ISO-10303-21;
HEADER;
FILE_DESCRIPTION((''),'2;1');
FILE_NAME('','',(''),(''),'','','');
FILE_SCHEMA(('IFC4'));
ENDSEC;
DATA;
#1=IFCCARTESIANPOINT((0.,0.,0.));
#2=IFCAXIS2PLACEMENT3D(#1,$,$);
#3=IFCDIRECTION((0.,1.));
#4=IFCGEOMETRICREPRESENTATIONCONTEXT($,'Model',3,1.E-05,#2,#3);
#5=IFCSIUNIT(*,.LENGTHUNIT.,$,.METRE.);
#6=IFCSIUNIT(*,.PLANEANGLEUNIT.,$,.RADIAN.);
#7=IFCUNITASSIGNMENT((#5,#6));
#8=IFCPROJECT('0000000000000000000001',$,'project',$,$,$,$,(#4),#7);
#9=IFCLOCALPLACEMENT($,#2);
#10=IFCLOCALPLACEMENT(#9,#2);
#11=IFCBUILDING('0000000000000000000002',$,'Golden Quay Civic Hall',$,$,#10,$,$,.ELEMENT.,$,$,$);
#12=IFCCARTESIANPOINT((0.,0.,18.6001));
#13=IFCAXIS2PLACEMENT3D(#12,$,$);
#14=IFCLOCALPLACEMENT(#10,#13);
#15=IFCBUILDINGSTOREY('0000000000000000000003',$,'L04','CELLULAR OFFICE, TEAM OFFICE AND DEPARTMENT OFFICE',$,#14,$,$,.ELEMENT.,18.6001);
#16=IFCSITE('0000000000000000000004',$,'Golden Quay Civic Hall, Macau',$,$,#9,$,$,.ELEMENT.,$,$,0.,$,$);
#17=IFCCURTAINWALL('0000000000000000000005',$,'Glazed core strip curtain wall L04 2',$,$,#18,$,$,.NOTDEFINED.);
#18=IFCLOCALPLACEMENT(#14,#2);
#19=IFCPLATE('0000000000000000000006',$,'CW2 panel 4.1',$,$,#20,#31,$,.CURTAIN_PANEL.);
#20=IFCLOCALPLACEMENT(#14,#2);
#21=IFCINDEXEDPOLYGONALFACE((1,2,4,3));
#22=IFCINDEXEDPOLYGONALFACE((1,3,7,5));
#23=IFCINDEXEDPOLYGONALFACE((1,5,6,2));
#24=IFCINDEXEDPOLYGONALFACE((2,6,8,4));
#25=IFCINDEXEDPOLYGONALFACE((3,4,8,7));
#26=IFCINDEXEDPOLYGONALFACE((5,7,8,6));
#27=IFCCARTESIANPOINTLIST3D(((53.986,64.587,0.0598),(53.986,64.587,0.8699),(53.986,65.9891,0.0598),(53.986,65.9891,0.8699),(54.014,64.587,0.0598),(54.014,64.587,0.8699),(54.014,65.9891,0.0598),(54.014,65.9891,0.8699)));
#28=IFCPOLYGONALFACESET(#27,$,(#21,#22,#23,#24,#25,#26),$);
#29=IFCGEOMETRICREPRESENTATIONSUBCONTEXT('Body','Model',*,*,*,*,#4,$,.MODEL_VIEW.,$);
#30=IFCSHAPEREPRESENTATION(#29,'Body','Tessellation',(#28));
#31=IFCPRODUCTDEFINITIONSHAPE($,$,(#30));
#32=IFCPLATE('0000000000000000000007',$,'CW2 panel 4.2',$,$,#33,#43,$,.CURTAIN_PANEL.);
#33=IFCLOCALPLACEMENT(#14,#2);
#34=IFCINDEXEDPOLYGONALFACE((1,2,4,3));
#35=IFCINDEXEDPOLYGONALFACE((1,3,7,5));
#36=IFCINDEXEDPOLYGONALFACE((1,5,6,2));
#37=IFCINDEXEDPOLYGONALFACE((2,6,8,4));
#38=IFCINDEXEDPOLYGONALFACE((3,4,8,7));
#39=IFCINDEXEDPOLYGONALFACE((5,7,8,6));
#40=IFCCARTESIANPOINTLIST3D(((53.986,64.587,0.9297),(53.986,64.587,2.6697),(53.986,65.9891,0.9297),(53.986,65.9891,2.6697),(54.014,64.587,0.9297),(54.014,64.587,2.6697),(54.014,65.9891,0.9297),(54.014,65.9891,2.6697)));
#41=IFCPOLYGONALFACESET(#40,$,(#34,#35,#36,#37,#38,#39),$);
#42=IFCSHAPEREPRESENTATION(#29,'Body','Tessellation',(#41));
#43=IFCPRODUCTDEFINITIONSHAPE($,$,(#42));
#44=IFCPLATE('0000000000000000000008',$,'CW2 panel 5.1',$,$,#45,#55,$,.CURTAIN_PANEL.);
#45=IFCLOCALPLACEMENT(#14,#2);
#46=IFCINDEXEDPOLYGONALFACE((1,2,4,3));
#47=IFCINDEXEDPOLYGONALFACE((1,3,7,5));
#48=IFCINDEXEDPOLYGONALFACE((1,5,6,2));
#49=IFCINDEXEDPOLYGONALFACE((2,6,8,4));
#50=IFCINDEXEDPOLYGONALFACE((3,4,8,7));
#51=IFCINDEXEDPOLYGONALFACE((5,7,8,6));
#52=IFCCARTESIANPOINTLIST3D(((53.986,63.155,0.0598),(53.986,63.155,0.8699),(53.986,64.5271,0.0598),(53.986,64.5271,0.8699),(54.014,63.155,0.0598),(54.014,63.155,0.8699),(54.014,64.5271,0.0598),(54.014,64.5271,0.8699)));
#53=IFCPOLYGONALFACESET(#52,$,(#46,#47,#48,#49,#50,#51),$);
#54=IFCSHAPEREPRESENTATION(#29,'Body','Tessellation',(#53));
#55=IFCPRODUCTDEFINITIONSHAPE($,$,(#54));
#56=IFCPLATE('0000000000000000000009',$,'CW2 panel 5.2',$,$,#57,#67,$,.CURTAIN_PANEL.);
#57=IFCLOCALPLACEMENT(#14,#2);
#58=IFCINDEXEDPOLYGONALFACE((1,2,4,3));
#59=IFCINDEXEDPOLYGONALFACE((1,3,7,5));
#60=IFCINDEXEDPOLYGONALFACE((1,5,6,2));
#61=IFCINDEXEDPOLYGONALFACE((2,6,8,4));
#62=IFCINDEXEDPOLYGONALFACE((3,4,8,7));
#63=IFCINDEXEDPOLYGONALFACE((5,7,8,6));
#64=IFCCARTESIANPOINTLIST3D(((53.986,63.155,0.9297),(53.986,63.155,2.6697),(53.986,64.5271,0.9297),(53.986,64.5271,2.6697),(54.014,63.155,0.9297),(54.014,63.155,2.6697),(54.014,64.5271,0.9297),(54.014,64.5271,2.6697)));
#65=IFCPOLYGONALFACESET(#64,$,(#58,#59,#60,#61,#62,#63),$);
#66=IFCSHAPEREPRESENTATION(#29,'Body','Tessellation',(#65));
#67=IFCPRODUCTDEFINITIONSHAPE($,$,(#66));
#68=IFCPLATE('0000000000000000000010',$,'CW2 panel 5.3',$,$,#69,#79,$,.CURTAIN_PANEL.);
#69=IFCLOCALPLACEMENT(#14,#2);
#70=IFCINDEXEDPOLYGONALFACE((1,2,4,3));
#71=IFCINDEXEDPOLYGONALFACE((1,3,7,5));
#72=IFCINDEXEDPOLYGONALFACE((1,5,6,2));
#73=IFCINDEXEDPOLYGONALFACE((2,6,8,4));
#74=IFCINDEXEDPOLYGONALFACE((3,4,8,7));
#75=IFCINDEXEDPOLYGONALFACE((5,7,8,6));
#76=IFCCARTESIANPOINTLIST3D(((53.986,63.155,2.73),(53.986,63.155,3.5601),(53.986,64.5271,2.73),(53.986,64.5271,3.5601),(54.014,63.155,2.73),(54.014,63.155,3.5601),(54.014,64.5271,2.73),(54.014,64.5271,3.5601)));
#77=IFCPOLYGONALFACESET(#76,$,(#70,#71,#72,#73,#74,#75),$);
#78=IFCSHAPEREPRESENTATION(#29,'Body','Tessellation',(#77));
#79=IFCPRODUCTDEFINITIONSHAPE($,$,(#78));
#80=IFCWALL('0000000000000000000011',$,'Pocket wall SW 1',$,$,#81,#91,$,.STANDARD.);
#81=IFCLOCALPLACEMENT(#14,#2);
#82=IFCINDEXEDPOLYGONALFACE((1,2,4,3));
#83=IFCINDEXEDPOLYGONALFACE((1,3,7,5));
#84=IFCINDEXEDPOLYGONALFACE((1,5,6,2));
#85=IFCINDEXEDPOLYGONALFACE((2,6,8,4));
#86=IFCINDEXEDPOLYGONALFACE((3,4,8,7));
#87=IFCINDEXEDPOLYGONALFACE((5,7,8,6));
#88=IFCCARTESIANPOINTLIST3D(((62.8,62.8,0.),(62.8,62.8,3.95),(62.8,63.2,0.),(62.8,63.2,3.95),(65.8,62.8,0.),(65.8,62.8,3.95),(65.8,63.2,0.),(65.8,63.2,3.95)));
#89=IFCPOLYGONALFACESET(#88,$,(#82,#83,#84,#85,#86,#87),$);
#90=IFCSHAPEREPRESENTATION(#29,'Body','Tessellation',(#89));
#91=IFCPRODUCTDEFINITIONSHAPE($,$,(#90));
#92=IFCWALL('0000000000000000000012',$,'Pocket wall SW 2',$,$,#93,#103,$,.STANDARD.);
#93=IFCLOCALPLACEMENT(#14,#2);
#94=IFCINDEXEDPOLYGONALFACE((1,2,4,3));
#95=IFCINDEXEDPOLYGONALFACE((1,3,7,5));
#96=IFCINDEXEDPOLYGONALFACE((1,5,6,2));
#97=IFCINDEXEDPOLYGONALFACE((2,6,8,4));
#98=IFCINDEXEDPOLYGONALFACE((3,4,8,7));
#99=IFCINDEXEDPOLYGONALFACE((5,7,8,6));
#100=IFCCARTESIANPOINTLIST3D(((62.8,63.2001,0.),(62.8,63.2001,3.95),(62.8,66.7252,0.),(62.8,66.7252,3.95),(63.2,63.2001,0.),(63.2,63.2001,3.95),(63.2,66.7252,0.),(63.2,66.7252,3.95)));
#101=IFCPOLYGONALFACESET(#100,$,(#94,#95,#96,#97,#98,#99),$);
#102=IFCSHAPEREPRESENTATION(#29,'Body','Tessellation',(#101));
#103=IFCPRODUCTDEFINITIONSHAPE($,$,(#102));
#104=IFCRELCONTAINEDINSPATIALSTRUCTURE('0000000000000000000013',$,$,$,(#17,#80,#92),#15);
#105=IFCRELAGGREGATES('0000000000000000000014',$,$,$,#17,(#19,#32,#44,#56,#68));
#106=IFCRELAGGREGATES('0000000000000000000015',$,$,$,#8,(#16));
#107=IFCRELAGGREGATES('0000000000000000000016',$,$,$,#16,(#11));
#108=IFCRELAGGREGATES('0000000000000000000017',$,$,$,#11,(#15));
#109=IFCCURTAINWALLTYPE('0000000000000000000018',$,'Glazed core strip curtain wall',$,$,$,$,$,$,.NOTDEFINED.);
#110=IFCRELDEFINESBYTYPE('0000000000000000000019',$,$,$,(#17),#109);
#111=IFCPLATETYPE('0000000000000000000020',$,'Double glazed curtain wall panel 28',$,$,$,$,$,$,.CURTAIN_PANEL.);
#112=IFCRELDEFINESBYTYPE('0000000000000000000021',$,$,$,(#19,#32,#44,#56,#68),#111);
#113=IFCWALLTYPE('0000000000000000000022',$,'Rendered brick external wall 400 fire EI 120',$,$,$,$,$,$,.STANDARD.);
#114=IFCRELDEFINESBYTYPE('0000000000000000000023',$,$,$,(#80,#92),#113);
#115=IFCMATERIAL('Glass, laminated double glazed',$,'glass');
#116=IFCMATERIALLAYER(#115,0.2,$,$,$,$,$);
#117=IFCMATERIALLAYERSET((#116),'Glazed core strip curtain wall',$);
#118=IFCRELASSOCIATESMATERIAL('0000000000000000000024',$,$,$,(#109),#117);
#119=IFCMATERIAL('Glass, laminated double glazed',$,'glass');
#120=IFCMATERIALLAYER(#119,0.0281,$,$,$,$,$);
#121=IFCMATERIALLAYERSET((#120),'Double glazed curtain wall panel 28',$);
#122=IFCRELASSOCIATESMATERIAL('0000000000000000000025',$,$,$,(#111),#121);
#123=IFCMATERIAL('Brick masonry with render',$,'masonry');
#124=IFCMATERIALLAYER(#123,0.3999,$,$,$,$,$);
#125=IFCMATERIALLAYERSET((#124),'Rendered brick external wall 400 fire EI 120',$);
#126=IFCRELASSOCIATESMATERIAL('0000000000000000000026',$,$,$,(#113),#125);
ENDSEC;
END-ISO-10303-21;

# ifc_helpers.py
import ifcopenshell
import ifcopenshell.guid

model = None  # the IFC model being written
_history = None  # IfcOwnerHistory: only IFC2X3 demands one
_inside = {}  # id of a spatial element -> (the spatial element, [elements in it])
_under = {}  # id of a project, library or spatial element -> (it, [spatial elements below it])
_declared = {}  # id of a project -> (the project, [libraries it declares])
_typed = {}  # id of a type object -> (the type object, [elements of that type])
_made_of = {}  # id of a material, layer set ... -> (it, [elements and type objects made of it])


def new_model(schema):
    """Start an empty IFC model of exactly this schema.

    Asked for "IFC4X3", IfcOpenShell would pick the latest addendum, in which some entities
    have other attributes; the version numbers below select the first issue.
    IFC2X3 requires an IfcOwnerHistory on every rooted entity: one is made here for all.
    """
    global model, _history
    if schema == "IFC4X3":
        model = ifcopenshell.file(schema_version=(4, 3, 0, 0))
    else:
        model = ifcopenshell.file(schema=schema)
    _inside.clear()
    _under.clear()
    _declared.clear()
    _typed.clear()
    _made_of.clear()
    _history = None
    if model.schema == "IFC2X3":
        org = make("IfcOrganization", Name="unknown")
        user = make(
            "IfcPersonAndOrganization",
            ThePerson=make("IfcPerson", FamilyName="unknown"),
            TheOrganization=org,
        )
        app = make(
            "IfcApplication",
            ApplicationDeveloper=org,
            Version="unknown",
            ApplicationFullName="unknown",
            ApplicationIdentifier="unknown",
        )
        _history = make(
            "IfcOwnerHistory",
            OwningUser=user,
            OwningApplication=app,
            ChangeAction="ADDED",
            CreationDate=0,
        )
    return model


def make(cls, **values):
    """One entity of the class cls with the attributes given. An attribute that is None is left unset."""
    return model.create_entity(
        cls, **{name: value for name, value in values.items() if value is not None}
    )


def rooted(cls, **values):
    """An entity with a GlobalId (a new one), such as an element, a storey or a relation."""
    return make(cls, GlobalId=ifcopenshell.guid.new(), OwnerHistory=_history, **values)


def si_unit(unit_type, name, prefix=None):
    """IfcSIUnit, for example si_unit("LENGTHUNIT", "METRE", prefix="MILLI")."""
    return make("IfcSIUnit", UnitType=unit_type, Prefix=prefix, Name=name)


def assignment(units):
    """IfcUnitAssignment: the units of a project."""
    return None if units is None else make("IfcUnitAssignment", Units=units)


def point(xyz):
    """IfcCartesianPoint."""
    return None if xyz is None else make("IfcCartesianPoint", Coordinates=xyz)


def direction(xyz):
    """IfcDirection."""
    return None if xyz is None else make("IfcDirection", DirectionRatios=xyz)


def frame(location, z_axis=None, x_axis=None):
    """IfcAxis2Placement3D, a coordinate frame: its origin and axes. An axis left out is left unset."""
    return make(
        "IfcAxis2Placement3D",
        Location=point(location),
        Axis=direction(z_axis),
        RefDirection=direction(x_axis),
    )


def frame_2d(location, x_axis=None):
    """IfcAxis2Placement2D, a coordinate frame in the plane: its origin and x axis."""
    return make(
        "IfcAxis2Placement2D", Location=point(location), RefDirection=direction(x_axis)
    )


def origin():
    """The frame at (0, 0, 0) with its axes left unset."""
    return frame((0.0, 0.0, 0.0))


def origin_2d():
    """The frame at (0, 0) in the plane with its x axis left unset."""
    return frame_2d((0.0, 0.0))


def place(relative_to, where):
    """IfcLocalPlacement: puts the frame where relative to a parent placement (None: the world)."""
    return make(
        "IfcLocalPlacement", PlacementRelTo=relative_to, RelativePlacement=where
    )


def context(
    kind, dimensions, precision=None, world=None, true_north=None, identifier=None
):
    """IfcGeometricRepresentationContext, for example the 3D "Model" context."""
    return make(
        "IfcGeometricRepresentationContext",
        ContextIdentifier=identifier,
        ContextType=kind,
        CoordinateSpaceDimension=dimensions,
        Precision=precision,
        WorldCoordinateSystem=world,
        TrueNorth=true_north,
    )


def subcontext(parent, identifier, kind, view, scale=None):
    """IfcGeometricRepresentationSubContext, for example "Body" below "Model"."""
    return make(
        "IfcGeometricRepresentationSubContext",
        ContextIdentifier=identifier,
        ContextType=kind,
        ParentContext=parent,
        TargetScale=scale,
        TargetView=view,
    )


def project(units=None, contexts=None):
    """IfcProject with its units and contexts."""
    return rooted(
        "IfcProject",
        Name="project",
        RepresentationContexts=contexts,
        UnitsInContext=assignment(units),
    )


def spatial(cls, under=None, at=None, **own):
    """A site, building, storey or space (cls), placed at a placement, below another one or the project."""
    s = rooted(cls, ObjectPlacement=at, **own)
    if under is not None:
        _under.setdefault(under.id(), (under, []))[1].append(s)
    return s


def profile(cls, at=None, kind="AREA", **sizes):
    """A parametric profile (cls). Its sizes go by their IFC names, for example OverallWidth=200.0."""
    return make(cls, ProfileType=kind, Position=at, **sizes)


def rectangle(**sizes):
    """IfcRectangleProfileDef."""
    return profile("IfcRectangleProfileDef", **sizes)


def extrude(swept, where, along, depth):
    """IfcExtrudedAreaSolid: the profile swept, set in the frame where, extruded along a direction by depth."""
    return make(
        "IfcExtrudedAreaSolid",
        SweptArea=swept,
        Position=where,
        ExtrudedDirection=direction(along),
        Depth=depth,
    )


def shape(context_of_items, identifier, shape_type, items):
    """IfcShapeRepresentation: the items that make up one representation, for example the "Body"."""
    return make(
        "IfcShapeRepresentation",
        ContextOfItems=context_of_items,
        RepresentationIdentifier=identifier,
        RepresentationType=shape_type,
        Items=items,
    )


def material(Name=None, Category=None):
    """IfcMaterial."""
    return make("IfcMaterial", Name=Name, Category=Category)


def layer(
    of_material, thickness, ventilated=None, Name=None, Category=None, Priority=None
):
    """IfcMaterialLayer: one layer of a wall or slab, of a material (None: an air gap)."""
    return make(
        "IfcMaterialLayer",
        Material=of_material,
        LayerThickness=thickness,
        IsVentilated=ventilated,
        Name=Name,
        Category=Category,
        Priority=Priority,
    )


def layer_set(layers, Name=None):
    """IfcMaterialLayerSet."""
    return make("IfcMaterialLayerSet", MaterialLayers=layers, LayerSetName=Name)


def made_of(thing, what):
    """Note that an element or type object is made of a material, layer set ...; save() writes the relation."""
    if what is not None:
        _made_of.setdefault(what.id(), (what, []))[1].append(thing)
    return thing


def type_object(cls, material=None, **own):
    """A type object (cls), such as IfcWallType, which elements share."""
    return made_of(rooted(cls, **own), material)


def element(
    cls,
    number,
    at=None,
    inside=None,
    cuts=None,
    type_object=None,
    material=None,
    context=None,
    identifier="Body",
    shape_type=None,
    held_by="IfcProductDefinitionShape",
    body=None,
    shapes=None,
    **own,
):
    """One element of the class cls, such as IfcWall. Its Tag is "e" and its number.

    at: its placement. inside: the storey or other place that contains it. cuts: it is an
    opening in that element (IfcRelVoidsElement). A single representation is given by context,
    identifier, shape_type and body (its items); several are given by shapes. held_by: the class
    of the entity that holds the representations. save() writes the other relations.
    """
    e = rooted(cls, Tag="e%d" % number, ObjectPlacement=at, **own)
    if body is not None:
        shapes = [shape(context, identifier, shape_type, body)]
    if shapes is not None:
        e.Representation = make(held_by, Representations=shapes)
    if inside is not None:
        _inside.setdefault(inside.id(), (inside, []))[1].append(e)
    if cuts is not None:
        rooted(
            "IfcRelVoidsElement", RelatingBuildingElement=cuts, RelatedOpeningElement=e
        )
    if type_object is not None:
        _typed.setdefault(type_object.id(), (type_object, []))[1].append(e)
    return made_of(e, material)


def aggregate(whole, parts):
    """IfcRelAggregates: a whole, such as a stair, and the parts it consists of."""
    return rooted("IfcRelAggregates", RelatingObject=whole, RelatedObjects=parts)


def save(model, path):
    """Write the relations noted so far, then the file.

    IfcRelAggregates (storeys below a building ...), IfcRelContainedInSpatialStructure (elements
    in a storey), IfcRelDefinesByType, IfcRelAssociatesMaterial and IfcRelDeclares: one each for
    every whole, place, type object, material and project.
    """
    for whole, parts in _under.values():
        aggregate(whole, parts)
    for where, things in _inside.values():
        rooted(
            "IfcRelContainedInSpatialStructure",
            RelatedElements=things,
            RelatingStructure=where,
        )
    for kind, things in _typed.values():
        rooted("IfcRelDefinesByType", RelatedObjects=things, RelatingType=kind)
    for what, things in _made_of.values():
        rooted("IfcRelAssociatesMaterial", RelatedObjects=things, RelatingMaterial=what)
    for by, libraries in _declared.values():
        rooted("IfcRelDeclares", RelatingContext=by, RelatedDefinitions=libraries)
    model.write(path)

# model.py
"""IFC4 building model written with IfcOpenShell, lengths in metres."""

from ifc_helpers import new_model, si_unit, direction, frame, frame_2d, origin, origin_2d, place, context, subcontext, project, spatial, rectangle, extrude, material, layer, layer_set, type_object, element, aggregate, save


model = new_model("IFC4")

# Units and contexts
model_context = context("Model", 3, precision=1e-05, world=origin(), true_north=direction((0.0, 1.0)))
body_context = subcontext(model_context, "Body", "Model", "MODEL_VIEW")
ifc_project = project(units=[si_unit("LENGTHUNIT", "METRE"), si_unit("PLANEANGLEUNIT", "RADIAN")], contexts=[model_context])

# Site, building, storey
site_placement = place(None, origin())
site = spatial("IfcSite", under=ifc_project, at=site_placement, Name="Golden Quay Civic Hall, Macau", CompositionType="ELEMENT", RefElevation=0.0)
building_placement = place(site_placement, origin())
building = spatial("IfcBuilding", under=site, at=building_placement, Name="Golden Quay Civic Hall", CompositionType="ELEMENT")
storey_placement = place(building_placement, frame((0.0, 0.0, 18.6001)))
storey = spatial("IfcBuildingStorey", under=building, at=storey_placement, Name="L04", Description="CELLULAR OFFICE, TEAM OFFICE AND DEPARTMENT OFFICE", CompositionType="ELEMENT", Elevation=18.6001)

# Curtain wall
ifc_material_1 = material(Name="Glass, laminated double glazed", Category="glass")
ifc_layer_1 = layer(ifc_material_1, 0.2)
ifc_layer_set_1 = layer_set([ifc_layer_1], Name="Glazed core strip curtain wall")
curtain_wall_type = type_object("IfcCurtainWallType", Name="Glazed core strip curtain wall", PredefinedType="NOTDEFINED", material=ifc_layer_set_1)
curtain_wall_placement = place(storey_placement, origin())
curtain_wall = element("IfcCurtainWall", 1, at=curtain_wall_placement, inside=storey, type_object=curtain_wall_type, Name="Glazed core strip curtain wall L04 2", PredefinedType="NOTDEFINED")

# Plates
ifc_material_2 = material(Name="Glass, laminated double glazed", Category="glass")
ifc_layer_2 = layer(ifc_material_2, 0.0281)
ifc_layer_set_2 = layer_set([ifc_layer_2], Name="Double glazed curtain wall panel 28")
plate_type = type_object("IfcPlateType", Name="Double glazed curtain wall panel 28", PredefinedType="CURTAIN_PANEL", material=ifc_layer_set_2)
plate_1_placement = place(storey_placement, frame((54.0, 65.2881, 0.0598), z_axis=(0.0, 0.0, 1.0), x_axis=(0.0, -1.0, 0.0)))
plate_1 = element("IfcPlate", 2, at=plate_1_placement, type_object=plate_type, Name="CW2 panel 4.1", PredefinedType="CURTAIN_PANEL", context=body_context, shape_type="SweptSolid", body=[
    extrude(rectangle(XDim=1.4021, YDim=0.0281, at=origin_2d()), origin(), (0.0, 0.0, 1.0), 0.8101),
])
plate_2_placement = place(storey_placement, frame((54.0, 65.2881, 0.9297), z_axis=(0.0, 0.0, 1.0), x_axis=(0.0, -1.0, 0.0)))
plate_2 = element("IfcPlate", 3, at=plate_2_placement, type_object=plate_type, Name="CW2 panel 4.2", PredefinedType="CURTAIN_PANEL", context=body_context, shape_type="SweptSolid", body=[
    extrude(rectangle(XDim=1.4021, YDim=0.0281, at=origin_2d()), origin(), (0.0, 0.0, 1.0), 1.74),
])
plate_3_placement = place(storey_placement, frame((54.0, 63.8411, 0.0598), z_axis=(0.0, 0.0, 1.0), x_axis=(0.0, -1.0, 0.0)))
plate_3 = element("IfcPlate", 4, at=plate_3_placement, type_object=plate_type, Name="CW2 panel 5.1", PredefinedType="CURTAIN_PANEL", context=body_context, shape_type="SweptSolid", body=[
    extrude(rectangle(XDim=1.3721, YDim=0.0281, at=origin_2d()), origin(), (0.0, 0.0, 1.0), 0.8101),
])
plate_4_placement = place(storey_placement, frame((54.0, 63.8411, 0.9297), z_axis=(0.0, 0.0, 1.0), x_axis=(0.0, -1.0, 0.0)))
plate_4 = element("IfcPlate", 5, at=plate_4_placement, type_object=plate_type, Name="CW2 panel 5.2", PredefinedType="CURTAIN_PANEL", context=body_context, shape_type="SweptSolid", body=[
    extrude(rectangle(XDim=1.3721, YDim=0.0281, at=origin_2d()), origin(), (0.0, 0.0, 1.0), 1.74),
])
plate_5_placement = place(storey_placement, frame((54.0, 63.8411, 2.73), z_axis=(0.0, 0.0, 1.0), x_axis=(0.0, -1.0, 0.0)))
plate_5 = element("IfcPlate", 6, at=plate_5_placement, type_object=plate_type, Name="CW2 panel 5.3", PredefinedType="CURTAIN_PANEL", context=body_context, shape_type="SweptSolid", body=[
    extrude(rectangle(XDim=1.3721, YDim=0.0281, at=origin_2d()), origin(), (0.0, 0.0, 1.0), 0.8301),
])
aggregate(curtain_wall, [plate_1, plate_2, plate_3, plate_4, plate_5])

# Walls
ifc_material_3 = material(Name="Brick masonry with render", Category="masonry")
ifc_layer_3 = layer(ifc_material_3, 0.3999)
ifc_layer_set_3 = layer_set([ifc_layer_3], Name="Rendered brick external wall 400 fire EI 120")
wall_type = type_object("IfcWallType", Name="Rendered brick external wall 400 fire EI 120", PredefinedType="STANDARD", material=ifc_layer_set_3)
wall_1_placement = place(storey_placement, frame((62.8, 63.0, 0.0), z_axis=(0.0, 0.0, 1.0), x_axis=(1.0, 0.0, 0.0)))
element("IfcWall", 7, at=wall_1_placement, inside=storey, type_object=wall_type, Name="Pocket wall SW 1", PredefinedType="STANDARD", context=body_context, shape_type="SweptSolid", body=[
    extrude(rectangle(XDim=3.0, YDim=0.3999, at=frame_2d((1.5, 0.0))), origin(), (0.0, 0.0, 1.0), 3.95),
])
wall_2_placement = place(storey_placement, frame((63.0, 63.2, 0.0), z_axis=(0.0, 0.0, 1.0), x_axis=(0.0, 1.0, 0.0)))
element("IfcWall", 8, at=wall_2_placement, inside=storey, type_object=wall_type, Name="Pocket wall SW 2", PredefinedType="STANDARD", context=body_context, shape_type="SweptSolid", body=[
    extrude(rectangle(XDim=3.5251, YDim=0.3999, at=frame_2d((1.7627, 0.0))), origin(), (0.0, 0.0, 1.0), 3.95),
])

save(model, "model.ifc")
